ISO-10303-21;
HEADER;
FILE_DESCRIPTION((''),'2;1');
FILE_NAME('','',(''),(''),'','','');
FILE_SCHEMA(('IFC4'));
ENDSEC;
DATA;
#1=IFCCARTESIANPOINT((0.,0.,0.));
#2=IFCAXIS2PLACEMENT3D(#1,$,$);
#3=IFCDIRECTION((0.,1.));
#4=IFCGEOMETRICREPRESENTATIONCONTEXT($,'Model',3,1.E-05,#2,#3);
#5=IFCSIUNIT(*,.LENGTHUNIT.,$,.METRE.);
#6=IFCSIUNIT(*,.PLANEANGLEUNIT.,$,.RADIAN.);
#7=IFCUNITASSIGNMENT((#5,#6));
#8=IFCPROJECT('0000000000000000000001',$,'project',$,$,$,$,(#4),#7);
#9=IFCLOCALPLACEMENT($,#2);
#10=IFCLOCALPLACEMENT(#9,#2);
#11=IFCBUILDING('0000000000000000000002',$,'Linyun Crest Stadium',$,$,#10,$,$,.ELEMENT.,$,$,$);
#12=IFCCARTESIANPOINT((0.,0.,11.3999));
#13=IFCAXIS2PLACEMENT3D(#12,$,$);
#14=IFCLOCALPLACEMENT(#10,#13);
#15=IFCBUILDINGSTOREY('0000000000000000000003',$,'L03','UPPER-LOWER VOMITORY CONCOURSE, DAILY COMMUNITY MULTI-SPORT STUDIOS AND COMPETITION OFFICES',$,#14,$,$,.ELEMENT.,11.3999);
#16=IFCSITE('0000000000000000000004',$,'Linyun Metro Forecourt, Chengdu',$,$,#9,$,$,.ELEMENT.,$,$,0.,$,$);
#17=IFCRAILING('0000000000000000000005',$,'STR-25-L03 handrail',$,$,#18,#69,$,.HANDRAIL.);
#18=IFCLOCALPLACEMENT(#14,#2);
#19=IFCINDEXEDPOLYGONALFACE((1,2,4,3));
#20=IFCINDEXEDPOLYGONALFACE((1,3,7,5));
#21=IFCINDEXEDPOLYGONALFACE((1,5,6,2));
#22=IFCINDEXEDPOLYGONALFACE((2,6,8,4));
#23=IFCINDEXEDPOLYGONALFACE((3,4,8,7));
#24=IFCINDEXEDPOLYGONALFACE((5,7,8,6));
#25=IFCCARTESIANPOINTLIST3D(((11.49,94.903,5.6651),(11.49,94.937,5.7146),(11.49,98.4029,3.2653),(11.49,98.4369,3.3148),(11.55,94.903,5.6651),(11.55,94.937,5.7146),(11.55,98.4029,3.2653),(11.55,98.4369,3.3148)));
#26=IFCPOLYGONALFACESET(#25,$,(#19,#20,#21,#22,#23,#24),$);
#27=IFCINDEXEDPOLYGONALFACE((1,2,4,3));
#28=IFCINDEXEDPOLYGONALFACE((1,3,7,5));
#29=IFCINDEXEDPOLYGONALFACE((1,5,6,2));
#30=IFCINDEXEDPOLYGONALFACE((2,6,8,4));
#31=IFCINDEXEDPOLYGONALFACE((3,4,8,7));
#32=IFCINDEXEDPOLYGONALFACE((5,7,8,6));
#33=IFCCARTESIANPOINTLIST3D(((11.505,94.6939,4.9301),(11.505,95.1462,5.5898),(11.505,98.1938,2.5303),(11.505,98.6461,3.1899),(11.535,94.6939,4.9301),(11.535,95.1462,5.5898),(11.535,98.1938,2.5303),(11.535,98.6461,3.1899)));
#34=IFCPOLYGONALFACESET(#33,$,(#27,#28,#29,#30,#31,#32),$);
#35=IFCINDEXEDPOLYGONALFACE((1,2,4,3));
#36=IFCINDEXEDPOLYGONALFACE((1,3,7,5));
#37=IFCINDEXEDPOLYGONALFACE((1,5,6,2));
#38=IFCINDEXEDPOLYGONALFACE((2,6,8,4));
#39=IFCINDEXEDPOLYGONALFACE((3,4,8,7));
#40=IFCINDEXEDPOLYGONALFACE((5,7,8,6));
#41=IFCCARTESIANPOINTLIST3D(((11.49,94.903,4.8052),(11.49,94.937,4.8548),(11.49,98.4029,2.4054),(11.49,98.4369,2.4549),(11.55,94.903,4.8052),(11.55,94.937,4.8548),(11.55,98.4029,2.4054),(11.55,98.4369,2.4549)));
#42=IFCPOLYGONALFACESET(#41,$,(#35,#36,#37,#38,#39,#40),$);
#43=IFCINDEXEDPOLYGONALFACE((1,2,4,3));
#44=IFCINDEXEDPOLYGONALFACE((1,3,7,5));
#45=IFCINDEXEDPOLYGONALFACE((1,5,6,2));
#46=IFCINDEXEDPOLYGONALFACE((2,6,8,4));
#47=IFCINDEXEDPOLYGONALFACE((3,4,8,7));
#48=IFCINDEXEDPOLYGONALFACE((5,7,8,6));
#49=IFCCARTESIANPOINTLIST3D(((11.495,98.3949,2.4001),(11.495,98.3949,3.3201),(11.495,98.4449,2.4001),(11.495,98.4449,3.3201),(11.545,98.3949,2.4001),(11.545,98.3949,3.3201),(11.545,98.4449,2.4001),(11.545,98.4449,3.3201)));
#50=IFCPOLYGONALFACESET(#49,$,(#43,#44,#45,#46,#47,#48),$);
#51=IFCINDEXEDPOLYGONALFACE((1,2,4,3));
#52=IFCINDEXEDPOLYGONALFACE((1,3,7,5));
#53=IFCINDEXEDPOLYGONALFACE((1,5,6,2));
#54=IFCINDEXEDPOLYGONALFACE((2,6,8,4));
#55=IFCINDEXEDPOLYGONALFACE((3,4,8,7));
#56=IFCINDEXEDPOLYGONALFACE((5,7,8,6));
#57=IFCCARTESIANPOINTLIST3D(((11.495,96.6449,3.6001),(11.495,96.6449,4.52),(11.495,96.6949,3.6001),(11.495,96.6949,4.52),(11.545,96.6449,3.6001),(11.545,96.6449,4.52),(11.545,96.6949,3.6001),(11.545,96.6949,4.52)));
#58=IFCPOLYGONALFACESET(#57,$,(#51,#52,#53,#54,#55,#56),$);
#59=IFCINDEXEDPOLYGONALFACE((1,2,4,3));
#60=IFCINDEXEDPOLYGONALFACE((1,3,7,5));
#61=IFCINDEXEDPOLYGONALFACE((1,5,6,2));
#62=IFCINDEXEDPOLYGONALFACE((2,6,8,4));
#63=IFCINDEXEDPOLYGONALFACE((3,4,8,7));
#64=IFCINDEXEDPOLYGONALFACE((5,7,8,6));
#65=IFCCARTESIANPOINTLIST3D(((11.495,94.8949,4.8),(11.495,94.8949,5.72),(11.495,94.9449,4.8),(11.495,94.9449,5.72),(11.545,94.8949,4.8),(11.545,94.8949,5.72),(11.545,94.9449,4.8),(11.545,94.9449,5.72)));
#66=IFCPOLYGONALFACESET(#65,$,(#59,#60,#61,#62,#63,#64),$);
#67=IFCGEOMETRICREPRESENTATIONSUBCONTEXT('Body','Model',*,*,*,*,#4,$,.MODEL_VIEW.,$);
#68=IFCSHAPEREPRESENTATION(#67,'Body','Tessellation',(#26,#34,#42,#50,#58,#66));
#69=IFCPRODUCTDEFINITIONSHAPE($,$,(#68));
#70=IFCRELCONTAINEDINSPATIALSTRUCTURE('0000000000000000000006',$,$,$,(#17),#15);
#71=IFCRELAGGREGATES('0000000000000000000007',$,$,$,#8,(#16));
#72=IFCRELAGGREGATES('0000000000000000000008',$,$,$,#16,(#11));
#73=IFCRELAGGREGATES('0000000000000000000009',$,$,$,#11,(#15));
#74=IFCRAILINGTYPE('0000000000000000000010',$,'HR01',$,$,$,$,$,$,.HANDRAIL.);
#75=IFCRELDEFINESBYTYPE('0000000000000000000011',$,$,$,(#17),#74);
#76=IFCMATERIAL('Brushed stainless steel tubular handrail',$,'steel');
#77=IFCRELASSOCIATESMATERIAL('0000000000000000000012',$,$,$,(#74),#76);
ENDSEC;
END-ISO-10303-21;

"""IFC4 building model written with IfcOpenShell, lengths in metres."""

from ifc_helpers import new_model, si_unit, direction, frame, origin, origin_2d, place, context, subcontext, project, spatial, rectangle, extrude, material, type_object, element, save


model = new_model("IFC4")

# Units and contexts
model_context = context("Model", 3, precision=1e-05, world=origin(), true_north=direction((0.0, 1.0)))
body_context = subcontext(model_context, "Body", "Model", "MODEL_VIEW")
ifc_project = project(units=[si_unit("LENGTHUNIT", "METRE"), si_unit("PLANEANGLEUNIT", "RADIAN")], contexts=[model_context])

# Site, building, storey
site_placement = place(None, origin())
site = spatial("IfcSite", under=ifc_project, at=site_placement, Name="Linyun Metro Forecourt, Chengdu", CompositionType="ELEMENT", RefElevation=0.0)
building_placement = place(site_placement, origin())
building = spatial("IfcBuilding", under=site, at=building_placement, Name="Linyun Crest Stadium", CompositionType="ELEMENT")
storey_placement = place(building_placement, frame((0.0, 0.0, 11.3999)))
storey = spatial("IfcBuildingStorey", under=building, at=storey_placement, Name="L03", Description="UPPER-LOWER VOMITORY CONCOURSE, DAILY COMMUNITY MULTI-SPORT STUDIOS AND COMPETITION OFFICES", CompositionType="ELEMENT", Elevation=11.3999)

# Railing
ifc_material_1 = material(Name="Brushed stainless steel tubular handrail", Category="steel")
railing_type_1 = type_object("IfcRailingType", Name="HR01", PredefinedType="HANDRAIL", material=ifc_material_1)
railing_1_placement = place(storey_placement, frame((11.52, 98.4199, 2.4001)))
element("IfcRailing", 1, at=railing_1_placement, inside=storey, type_object=railing_type_1, Name="STR-25-L03 handrail", PredefinedType="HANDRAIL", context=body_context, shape_type="SweptSolid", body=[
    extrude(rectangle(XDim=0.0601, YDim=0.0601, at=origin_2d()), frame((0.0, 0.0, 0.8899), z_axis=(0.0, -0.82474, 0.565513), x_axis=(1.0, 0.0, 0.0)), (0.0, 0.0, 1.0), 4.2437),
    extrude(rectangle(XDim=0.03, YDim=0.7998, at=origin_2d()), frame((0.0, 0.0, 0.46), z_axis=(0.0, -0.82474, 0.565513), x_axis=(1.0, 0.0, 0.0)), (0.0, 0.0, 1.0), 4.2437),
    extrude(rectangle(XDim=0.0601, YDim=0.0601, at=origin_2d()), frame((0.0, 0.0, 0.03), z_axis=(0.0, -0.82474, 0.565513), x_axis=(1.0, 0.0, 0.0)), (0.0, 0.0, 1.0), 4.2437),
    extrude(rectangle(XDim=0.05, YDim=0.05, at=origin_2d()), origin(), (0.0, 0.0, 1.0), 0.9199),
    extrude(rectangle(XDim=0.05, YDim=0.05, at=origin_2d()), frame((0.0, -1.75, 1.2)), (0.0, 0.0, 1.0), 0.9199),
    extrude(rectangle(XDim=0.05, YDim=0.05, at=origin_2d()), frame((0.0, -3.5, 2.3999)), (0.0, 0.0, 1.0), 0.9199),
])

save(model, "model.ifc")
